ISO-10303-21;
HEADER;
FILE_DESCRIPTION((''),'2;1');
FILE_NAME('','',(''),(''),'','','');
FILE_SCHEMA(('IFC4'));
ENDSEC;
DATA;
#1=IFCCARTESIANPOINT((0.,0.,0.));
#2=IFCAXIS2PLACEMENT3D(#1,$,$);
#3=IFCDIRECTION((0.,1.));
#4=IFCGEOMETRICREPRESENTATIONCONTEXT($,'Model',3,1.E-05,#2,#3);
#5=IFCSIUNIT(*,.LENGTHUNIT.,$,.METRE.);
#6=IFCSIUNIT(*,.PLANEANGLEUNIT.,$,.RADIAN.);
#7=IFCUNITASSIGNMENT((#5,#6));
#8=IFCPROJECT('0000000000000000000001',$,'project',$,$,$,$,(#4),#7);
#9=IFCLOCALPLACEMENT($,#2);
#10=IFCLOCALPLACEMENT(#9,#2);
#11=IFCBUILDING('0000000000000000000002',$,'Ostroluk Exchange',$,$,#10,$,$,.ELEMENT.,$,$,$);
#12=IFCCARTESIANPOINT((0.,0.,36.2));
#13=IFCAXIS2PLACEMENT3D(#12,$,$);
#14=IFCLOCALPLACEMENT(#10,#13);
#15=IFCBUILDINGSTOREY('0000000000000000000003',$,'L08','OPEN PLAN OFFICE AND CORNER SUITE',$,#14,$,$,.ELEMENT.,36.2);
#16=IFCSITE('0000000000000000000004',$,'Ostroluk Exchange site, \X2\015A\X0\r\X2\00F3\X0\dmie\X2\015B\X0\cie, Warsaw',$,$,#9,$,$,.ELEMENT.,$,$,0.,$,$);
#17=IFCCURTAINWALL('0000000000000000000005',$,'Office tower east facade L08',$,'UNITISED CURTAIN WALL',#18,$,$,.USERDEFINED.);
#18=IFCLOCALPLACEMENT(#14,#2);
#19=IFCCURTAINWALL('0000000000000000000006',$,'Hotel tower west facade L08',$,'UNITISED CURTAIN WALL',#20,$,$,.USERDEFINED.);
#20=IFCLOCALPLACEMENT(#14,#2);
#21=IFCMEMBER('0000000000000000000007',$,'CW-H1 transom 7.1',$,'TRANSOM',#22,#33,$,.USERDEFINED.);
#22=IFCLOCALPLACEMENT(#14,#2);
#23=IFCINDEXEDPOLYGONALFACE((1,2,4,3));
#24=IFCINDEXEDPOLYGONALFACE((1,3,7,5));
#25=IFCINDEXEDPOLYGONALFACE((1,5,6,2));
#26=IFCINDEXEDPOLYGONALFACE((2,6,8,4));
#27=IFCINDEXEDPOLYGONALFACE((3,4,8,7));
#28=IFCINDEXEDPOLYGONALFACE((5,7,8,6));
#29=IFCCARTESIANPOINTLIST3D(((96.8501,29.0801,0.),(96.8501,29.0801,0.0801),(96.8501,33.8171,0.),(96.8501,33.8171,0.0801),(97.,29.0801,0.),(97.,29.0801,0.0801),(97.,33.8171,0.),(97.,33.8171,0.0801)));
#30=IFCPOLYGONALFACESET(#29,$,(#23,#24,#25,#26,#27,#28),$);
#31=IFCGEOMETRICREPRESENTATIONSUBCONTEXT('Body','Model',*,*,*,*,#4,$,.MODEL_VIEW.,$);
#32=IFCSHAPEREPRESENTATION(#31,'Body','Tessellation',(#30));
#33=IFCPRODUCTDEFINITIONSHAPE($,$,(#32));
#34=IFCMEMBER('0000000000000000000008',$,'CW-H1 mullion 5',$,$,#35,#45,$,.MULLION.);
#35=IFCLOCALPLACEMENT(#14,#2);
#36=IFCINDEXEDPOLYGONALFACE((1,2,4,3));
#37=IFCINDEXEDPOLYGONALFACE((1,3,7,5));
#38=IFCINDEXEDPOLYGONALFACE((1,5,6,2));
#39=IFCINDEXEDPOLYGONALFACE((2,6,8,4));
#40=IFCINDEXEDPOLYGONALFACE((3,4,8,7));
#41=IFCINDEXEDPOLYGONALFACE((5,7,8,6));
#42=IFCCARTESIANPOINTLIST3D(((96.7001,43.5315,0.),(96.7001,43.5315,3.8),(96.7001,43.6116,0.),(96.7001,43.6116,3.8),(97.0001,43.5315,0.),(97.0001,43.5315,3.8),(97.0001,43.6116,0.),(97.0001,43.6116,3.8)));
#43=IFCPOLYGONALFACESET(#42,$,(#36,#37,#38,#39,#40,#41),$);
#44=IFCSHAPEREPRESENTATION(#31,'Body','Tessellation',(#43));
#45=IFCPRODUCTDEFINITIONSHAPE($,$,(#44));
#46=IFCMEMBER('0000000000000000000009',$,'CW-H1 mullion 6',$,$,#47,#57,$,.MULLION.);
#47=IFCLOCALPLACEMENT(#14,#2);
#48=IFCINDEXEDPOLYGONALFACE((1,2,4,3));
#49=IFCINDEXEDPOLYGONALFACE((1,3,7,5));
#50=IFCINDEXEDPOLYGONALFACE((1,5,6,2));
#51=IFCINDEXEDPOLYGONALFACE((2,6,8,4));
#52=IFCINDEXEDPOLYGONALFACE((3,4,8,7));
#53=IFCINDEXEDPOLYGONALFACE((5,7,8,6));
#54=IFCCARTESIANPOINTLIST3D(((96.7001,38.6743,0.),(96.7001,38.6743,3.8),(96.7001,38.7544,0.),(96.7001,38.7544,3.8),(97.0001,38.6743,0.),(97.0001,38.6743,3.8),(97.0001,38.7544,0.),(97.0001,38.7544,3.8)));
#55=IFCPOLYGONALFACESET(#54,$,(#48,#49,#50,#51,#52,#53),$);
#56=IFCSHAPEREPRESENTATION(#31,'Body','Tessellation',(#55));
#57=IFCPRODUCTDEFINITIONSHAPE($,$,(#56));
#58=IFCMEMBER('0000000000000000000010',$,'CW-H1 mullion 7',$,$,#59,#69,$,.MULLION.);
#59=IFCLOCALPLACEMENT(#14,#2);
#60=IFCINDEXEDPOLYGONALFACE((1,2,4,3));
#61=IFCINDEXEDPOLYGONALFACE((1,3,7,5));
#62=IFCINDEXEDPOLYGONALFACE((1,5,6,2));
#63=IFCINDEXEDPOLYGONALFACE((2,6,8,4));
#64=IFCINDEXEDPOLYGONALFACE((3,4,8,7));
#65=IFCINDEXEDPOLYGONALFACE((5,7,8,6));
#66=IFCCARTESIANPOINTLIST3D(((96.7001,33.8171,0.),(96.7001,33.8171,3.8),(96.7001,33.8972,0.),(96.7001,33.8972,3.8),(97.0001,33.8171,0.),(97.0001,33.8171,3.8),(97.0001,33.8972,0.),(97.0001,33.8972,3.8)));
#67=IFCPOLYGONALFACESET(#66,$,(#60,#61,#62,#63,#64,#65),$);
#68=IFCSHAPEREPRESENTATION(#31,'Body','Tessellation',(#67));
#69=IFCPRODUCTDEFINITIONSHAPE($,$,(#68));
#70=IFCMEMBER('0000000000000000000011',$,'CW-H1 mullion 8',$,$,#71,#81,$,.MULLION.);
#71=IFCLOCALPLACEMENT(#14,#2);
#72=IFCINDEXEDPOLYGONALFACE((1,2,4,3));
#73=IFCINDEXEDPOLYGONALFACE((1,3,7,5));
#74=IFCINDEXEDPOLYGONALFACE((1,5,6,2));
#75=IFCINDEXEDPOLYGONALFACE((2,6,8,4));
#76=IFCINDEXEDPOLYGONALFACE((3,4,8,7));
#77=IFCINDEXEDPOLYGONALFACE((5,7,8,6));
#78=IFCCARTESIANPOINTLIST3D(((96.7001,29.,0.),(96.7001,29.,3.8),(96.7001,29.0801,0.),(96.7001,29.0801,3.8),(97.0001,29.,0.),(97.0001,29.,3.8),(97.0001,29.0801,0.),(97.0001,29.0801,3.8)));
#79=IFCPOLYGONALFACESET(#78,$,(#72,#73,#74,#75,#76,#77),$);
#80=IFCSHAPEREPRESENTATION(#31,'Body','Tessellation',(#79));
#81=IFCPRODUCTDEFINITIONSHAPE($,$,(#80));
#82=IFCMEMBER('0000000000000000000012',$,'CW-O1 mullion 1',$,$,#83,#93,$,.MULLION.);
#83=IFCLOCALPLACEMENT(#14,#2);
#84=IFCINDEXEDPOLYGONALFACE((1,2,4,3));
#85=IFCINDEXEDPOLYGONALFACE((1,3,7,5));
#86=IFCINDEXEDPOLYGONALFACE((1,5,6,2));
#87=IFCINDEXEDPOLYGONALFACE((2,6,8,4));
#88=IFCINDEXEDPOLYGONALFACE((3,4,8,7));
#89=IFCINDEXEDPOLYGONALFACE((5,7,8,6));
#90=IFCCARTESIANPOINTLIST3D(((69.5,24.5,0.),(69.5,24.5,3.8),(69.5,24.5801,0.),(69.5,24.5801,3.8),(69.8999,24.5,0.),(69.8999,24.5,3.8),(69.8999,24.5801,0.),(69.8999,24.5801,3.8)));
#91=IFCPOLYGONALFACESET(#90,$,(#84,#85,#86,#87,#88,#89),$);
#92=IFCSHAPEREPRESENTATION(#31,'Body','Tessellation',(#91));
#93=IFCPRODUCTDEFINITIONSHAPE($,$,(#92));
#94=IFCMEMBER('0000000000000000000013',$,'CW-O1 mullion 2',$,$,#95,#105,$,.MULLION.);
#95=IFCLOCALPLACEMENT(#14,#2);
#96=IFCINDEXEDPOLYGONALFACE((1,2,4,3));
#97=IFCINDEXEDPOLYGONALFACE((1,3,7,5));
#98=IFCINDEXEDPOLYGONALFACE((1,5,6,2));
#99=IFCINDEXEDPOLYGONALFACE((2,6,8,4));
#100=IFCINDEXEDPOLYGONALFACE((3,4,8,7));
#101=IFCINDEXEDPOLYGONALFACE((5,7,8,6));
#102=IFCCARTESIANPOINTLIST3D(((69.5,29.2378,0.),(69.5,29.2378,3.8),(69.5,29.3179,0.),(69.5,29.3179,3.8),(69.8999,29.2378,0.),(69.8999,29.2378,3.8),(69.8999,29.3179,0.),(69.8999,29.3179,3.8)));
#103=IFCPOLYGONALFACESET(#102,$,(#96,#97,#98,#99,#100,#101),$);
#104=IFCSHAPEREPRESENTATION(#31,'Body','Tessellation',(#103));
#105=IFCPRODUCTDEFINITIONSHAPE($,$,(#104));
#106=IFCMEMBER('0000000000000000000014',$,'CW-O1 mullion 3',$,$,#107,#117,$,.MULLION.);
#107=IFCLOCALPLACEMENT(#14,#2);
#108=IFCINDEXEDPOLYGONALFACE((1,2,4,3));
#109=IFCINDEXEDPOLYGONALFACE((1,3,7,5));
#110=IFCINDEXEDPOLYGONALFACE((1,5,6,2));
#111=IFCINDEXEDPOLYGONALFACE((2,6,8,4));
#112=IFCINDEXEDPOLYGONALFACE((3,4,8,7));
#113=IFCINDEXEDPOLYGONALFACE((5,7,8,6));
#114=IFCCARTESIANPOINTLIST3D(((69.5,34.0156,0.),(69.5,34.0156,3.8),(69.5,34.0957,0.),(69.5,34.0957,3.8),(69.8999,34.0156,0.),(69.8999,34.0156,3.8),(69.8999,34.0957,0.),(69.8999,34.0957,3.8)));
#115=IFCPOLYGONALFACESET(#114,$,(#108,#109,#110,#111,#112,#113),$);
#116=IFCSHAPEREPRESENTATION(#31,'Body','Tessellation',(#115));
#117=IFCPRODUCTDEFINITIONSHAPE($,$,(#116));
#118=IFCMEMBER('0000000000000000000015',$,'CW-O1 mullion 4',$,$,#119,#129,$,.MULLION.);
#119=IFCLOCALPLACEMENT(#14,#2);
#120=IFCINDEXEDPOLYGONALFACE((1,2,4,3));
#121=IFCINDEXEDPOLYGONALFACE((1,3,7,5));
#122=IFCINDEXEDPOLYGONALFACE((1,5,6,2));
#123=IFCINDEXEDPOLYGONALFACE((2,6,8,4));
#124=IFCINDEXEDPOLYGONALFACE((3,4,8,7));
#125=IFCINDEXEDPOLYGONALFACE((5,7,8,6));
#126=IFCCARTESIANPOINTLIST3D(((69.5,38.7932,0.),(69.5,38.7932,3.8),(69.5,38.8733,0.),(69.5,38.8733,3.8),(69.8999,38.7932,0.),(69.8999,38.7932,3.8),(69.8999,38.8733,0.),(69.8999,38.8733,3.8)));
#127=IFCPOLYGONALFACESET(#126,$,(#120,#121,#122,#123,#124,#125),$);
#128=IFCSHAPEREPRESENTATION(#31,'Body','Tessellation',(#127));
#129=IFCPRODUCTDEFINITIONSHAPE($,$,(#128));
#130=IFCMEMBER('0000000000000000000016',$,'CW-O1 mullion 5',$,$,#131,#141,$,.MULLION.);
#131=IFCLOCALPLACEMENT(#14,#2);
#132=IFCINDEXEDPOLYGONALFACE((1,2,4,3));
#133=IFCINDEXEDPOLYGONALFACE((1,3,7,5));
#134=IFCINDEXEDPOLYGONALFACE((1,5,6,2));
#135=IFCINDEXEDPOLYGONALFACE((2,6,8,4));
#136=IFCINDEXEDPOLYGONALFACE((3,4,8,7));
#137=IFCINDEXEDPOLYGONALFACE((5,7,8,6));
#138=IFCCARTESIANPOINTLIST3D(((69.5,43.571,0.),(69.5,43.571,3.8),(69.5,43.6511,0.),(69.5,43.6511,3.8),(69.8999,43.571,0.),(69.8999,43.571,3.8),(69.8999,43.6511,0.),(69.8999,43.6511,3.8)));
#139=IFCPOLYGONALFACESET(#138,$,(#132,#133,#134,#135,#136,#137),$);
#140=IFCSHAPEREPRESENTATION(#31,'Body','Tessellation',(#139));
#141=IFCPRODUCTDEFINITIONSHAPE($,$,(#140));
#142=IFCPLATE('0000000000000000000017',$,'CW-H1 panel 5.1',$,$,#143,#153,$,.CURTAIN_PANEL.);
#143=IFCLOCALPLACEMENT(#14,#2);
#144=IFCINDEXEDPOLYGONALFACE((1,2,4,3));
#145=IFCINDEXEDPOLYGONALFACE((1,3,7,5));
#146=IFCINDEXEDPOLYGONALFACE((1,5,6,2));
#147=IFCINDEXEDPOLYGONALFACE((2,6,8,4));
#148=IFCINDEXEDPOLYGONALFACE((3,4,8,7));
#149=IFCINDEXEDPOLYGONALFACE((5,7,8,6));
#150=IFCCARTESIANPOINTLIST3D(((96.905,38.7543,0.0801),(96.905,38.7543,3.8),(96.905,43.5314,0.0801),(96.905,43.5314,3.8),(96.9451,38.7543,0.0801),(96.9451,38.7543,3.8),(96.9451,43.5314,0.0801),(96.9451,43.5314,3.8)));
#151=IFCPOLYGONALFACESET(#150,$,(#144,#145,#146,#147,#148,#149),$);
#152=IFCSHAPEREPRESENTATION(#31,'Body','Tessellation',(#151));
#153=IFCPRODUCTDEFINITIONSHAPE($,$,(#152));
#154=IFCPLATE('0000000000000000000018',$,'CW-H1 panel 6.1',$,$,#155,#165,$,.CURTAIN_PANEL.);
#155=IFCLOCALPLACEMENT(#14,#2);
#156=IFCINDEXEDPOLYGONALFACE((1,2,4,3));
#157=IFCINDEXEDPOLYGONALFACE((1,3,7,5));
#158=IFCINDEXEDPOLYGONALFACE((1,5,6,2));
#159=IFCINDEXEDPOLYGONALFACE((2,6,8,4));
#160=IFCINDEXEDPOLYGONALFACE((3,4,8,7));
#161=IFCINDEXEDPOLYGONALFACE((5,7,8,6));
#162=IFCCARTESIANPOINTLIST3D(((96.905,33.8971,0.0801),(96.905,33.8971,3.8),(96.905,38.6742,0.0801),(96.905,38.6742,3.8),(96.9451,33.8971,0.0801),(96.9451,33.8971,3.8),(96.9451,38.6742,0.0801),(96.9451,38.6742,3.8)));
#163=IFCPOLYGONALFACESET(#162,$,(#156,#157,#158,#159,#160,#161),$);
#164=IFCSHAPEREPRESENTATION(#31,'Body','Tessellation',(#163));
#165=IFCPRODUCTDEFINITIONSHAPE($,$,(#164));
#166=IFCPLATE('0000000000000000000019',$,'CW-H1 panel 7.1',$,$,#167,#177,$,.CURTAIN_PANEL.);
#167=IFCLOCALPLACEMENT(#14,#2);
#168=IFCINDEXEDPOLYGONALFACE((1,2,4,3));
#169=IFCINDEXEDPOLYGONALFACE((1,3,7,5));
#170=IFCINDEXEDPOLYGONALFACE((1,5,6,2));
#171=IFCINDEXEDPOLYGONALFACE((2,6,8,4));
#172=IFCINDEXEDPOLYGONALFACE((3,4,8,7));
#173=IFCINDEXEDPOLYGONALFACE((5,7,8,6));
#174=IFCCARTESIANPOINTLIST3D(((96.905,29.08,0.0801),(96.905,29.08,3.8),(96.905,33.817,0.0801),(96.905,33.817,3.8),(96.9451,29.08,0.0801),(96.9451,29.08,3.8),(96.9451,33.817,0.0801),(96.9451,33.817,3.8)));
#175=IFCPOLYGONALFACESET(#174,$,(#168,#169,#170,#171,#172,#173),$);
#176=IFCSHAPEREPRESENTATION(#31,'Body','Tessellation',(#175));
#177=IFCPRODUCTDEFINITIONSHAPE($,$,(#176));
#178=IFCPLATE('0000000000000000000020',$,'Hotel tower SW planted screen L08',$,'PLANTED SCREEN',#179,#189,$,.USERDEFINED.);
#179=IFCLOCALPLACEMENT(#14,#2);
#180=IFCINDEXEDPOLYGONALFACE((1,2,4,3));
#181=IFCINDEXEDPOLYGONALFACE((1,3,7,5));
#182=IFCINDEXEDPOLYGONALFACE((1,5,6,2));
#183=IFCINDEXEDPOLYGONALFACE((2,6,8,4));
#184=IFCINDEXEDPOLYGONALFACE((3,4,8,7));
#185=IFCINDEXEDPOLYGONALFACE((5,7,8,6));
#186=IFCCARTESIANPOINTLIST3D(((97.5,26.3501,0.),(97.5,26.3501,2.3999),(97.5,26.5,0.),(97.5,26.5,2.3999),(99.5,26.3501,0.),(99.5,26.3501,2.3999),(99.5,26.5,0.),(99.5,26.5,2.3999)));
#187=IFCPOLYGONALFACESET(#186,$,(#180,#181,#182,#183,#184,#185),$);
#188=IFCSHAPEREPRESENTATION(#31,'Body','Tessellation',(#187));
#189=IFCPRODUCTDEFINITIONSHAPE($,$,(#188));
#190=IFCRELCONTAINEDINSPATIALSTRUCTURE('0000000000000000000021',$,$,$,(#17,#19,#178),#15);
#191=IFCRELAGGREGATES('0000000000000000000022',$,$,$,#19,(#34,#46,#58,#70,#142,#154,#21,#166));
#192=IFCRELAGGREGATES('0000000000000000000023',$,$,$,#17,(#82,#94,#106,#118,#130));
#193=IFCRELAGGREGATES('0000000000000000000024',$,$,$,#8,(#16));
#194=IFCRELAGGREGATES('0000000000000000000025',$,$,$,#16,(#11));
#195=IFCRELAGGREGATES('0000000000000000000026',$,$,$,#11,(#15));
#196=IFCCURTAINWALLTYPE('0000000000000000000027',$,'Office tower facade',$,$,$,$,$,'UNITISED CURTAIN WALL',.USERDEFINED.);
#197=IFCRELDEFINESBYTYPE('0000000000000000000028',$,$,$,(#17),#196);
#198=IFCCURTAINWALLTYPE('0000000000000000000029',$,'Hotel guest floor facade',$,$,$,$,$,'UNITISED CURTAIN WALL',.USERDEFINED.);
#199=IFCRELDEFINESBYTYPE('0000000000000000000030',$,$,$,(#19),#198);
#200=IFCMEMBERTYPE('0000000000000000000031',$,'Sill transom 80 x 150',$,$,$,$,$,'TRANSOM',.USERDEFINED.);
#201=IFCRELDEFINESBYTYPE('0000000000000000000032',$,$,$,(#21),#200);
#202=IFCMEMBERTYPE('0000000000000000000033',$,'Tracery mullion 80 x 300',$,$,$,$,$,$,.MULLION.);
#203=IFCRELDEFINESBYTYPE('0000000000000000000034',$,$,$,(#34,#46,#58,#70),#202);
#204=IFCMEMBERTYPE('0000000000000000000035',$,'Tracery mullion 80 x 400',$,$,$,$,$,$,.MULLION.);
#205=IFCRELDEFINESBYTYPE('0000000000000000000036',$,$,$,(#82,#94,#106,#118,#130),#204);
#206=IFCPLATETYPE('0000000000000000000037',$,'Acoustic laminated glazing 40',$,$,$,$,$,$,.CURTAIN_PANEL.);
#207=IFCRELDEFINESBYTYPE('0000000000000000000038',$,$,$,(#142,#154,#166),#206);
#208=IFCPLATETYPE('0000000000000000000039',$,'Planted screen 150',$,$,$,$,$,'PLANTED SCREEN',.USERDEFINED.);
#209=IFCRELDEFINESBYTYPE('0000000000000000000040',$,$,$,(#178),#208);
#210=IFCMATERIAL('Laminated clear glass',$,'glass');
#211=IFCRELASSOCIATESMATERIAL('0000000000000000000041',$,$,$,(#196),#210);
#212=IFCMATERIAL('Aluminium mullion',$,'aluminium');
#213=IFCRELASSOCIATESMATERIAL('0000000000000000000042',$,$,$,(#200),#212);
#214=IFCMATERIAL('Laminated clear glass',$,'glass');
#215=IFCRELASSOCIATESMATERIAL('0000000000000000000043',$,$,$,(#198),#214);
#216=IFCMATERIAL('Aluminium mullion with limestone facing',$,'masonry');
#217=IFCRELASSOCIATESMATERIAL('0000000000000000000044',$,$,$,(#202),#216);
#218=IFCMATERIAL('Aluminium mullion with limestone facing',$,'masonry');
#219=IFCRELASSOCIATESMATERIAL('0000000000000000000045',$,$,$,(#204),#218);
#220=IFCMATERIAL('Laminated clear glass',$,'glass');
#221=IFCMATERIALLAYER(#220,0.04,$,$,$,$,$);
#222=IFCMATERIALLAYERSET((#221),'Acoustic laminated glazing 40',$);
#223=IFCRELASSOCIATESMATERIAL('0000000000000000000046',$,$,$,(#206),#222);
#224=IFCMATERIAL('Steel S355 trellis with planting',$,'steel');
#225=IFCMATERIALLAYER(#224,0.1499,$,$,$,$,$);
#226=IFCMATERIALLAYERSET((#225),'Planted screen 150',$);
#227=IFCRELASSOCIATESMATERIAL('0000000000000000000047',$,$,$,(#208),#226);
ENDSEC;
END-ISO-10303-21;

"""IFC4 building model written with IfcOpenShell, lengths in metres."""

from ifc_helpers import new_model, si_unit, direction, frame, origin, origin_2d, place, context, subcontext, project, spatial, rectangle, extrude, material, layer, layer_set, material_profile, profile_set, type_object, element, aggregate, save


model = new_model("IFC4")

# Units and contexts
model_context = context("Model", 3, precision=1e-05, world=origin(), true_north=direction((0.0, 1.0)))
body_context = subcontext(model_context, "Body", "Model", "MODEL_VIEW")
ifc_project = project(units=[si_unit("LENGTHUNIT", "METRE"), si_unit("PLANEANGLEUNIT", "RADIAN")], contexts=[model_context])

# Site, building, storey
site_placement = place(None, origin())
site = spatial("IfcSite", under=ifc_project, at=site_placement, Name="Ostroluk Exchange site, Śródmieście, Warsaw", CompositionType="ELEMENT", RefElevation=0.0)
building_placement = place(site_placement, origin())
building = spatial("IfcBuilding", under=site, at=building_placement, Name="Ostroluk Exchange", CompositionType="ELEMENT")
storey_placement = place(building_placement, frame((0.0, 0.0, 36.2)))
storey = spatial("IfcBuildingStorey", under=building, at=storey_placement, Name="L08", Description="OPEN PLAN OFFICE AND CORNER SUITE", CompositionType="ELEMENT", Elevation=36.2)

# Curtain walls, members
ifc_material_1 = material(Name="Laminated clear glass", Category="glass")
curtain_wall_type_1 = type_object("IfcCurtainWallType", Name="Office tower facade", ElementType="UNITISED CURTAIN WALL", PredefinedType="USERDEFINED", material=ifc_material_1)
curtain_wall_1_placement = place(storey_placement, origin())
curtain_wall_1 = element("IfcCurtainWall", 1, at=curtain_wall_1_placement, inside=storey, type_object=curtain_wall_type_1, Name="Office tower east facade L08", ObjectType="UNITISED CURTAIN WALL", PredefinedType="USERDEFINED")
ifc_material_2 = material(Name="Aluminium mullion", Category="aluminium")
ifc_material_profile_1 = material_profile(ifc_material_2, rectangle(XDim=0.1499, YDim=0.0801, at=origin_2d()), Name="Sill transom 80 x 150")
ifc_profile_set_1 = profile_set([ifc_material_profile_1], Name="Aluminium mullion")
member_type_1 = type_object("IfcMemberType", Name="Sill transom 80 x 150", ElementType="TRANSOM", PredefinedType="USERDEFINED", material=ifc_profile_set_1)
ifc_material_3 = material(Name="Laminated clear glass", Category="glass")
curtain_wall_type_2 = type_object("IfcCurtainWallType", Name="Hotel guest floor facade", ElementType="UNITISED CURTAIN WALL", PredefinedType="USERDEFINED", material=ifc_material_3)
curtain_wall_2_placement = place(storey_placement, origin())
curtain_wall_2 = element("IfcCurtainWall", 2, at=curtain_wall_2_placement, inside=storey, type_object=curtain_wall_type_2, Name="Hotel tower west facade L08", ObjectType="UNITISED CURTAIN WALL", PredefinedType="USERDEFINED")
member_1_placement = place(storey_placement, frame((96.925, 33.8171, 0.04), z_axis=(0.0, -1.0, 0.0), x_axis=(1.0, 0.0, 0.0)))
member_1 = element("IfcMember", 3, at=member_1_placement, type_object=member_type_1, Name="CW-H1 transom 7.1", ObjectType="TRANSOM", PredefinedType="USERDEFINED", context=body_context, shape_type="SweptSolid", body=[
    extrude(rectangle(XDim=0.1499, YDim=0.0801, at=origin_2d()), origin(), (0.0, 0.0, 1.0), 4.7371),
])
ifc_material_4 = material(Name="Aluminium mullion with limestone facing", Category="masonry")
ifc_material_profile_2 = material_profile(ifc_material_4, rectangle(XDim=0.3, YDim=0.0801, at=origin_2d()), Name="Tracery mullion 80 x 300")
ifc_profile_set_2 = profile_set([ifc_material_profile_2], Name="Aluminium mullion with limestone facing")
member_type_2 = type_object("IfcMemberType", Name="Tracery mullion 80 x 300", PredefinedType="MULLION", material=ifc_profile_set_2)
member_2_placement = place(storey_placement, frame((96.8501, 43.5715, 0.0), z_axis=(0.0, 0.0, 1.0), x_axis=(1.0, 0.0, 0.0)))
member_2 = element("IfcMember", 4, at=member_2_placement, type_object=member_type_2, Name="CW-H1 mullion 5", PredefinedType="MULLION", context=body_context, shape_type="SweptSolid", body=[
    extrude(rectangle(XDim=0.3, YDim=0.0801, at=origin_2d()), origin(), (0.0, 0.0, 1.0), 3.8),
])
member_3_placement = place(storey_placement, frame((96.8501, 38.7144, 0.0), z_axis=(0.0, 0.0, 1.0), x_axis=(1.0, 0.0, 0.0)))
member_3 = element("IfcMember", 5, at=member_3_placement, type_object=member_type_2, Name="CW-H1 mullion 6", PredefinedType="MULLION", context=body_context, shape_type="SweptSolid", body=[
    extrude(rectangle(XDim=0.3, YDim=0.0801, at=origin_2d()), origin(), (0.0, 0.0, 1.0), 3.8),
])
member_4_placement = place(storey_placement, frame((96.8501, 33.8572, 0.0), z_axis=(0.0, 0.0, 1.0), x_axis=(1.0, 0.0, 0.0)))
member_4 = element("IfcMember", 6, at=member_4_placement, type_object=member_type_2, Name="CW-H1 mullion 7", PredefinedType="MULLION", context=body_context, shape_type="SweptSolid", body=[
    extrude(rectangle(XDim=0.3, YDim=0.0801, at=origin_2d()), origin(), (0.0, 0.0, 1.0), 3.8),
])
member_5_placement = place(storey_placement, frame((96.8501, 29.04, 0.0), z_axis=(0.0, 0.0, 1.0), x_axis=(1.0, 0.0, 0.0)))
member_5 = element("IfcMember", 7, at=member_5_placement, type_object=member_type_2, Name="CW-H1 mullion 8", PredefinedType="MULLION", context=body_context, shape_type="SweptSolid", body=[
    extrude(rectangle(XDim=0.3, YDim=0.0801, at=origin_2d()), origin(), (0.0, 0.0, 1.0), 3.8),
])

# Members
ifc_material_5 = material(Name="Aluminium mullion with limestone facing", Category="masonry")
ifc_material_profile_3 = material_profile(ifc_material_5, rectangle(XDim=0.3999, YDim=0.0801, at=origin_2d()), Name="Tracery mullion 80 x 400")
ifc_profile_set_3 = profile_set([ifc_material_profile_3], Name="Aluminium mullion with limestone facing")
member_type_3 = type_object("IfcMemberType", Name="Tracery mullion 80 x 400", PredefinedType="MULLION", material=ifc_profile_set_3)
member_6_placement = place(storey_placement, frame((69.7, 24.54, 0.0), z_axis=(0.0, 0.0, 1.0), x_axis=(-1.0, 0.0, 0.0)))
member_6 = element("IfcMember", 8, at=member_6_placement, type_object=member_type_3, Name="CW-O1 mullion 1", PredefinedType="MULLION", context=body_context, shape_type="SweptSolid", body=[
    extrude(rectangle(XDim=0.3999, YDim=0.0801, at=origin_2d()), origin(), (0.0, 0.0, 1.0), 3.8),
])
member_7_placement = place(storey_placement, frame((69.7, 29.2778, 0.0), z_axis=(0.0, 0.0, 1.0), x_axis=(-1.0, 0.0, 0.0)))
member_7 = element("IfcMember", 9, at=member_7_placement, type_object=member_type_3, Name="CW-O1 mullion 2", PredefinedType="MULLION", context=body_context, shape_type="SweptSolid", body=[
    extrude(rectangle(XDim=0.3999, YDim=0.0801, at=origin_2d()), origin(), (0.0, 0.0, 1.0), 3.8),
])
member_8_placement = place(storey_placement, frame((69.7, 34.0557, 0.0), z_axis=(0.0, 0.0, 1.0), x_axis=(-1.0, 0.0, 0.0)))
member_8 = element("IfcMember", 10, at=member_8_placement, type_object=member_type_3, Name="CW-O1 mullion 3", PredefinedType="MULLION", context=body_context, shape_type="SweptSolid", body=[
    extrude(rectangle(XDim=0.3999, YDim=0.0801, at=origin_2d()), origin(), (0.0, 0.0, 1.0), 3.8),
])
member_9_placement = place(storey_placement, frame((69.7, 38.8333, 0.0), z_axis=(0.0, 0.0, 1.0), x_axis=(-1.0, 0.0, 0.0)))
member_9 = element("IfcMember", 11, at=member_9_placement, type_object=member_type_3, Name="CW-O1 mullion 4", PredefinedType="MULLION", context=body_context, shape_type="SweptSolid", body=[
    extrude(rectangle(XDim=0.3999, YDim=0.0801, at=origin_2d()), origin(), (0.0, 0.0, 1.0), 3.8),
])
member_10_placement = place(storey_placement, frame((69.7, 43.6111, 0.0), z_axis=(0.0, 0.0, 1.0), x_axis=(-1.0, 0.0, 0.0)))
member_10 = element("IfcMember", 12, at=member_10_placement, type_object=member_type_3, Name="CW-O1 mullion 5", PredefinedType="MULLION", context=body_context, shape_type="SweptSolid", body=[
    extrude(rectangle(XDim=0.3999, YDim=0.0801, at=origin_2d()), origin(), (0.0, 0.0, 1.0), 3.8),
])

# Plates
ifc_material_6 = material(Name="Laminated clear glass", Category="glass")
ifc_layer_1 = layer(ifc_material_6, 0.04)
ifc_layer_set_1 = layer_set([ifc_layer_1], Name="Acoustic laminated glazing 40")
plate_type_1 = type_object("IfcPlateType", Name="Acoustic laminated glazing 40", PredefinedType="CURTAIN_PANEL", material=ifc_layer_set_1)
plate_1_placement = place(storey_placement, frame((96.925, 41.1428, 0.0801), z_axis=(0.0, 0.0, 1.0), x_axis=(0.0, -1.0, 0.0)))
plate_1 = element("IfcPlate", 13, at=plate_1_placement, type_object=plate_type_1, Name="CW-H1 panel 5.1", PredefinedType="CURTAIN_PANEL", context=body_context, shape_type="SweptSolid", body=[
    extrude(rectangle(XDim=4.7771, YDim=0.04, at=origin_2d()), origin(), (0.0, 0.0, 1.0), 3.72),
])
plate_2_placement = place(storey_placement, frame((96.925, 36.2856, 0.0801), z_axis=(0.0, 0.0, 1.0), x_axis=(0.0, -1.0, 0.0)))
plate_2 = element("IfcPlate", 14, at=plate_2_placement, type_object=plate_type_1, Name="CW-H1 panel 6.1", PredefinedType="CURTAIN_PANEL", context=body_context, shape_type="SweptSolid", body=[
    extrude(rectangle(XDim=4.7771, YDim=0.04, at=origin_2d()), origin(), (0.0, 0.0, 1.0), 3.72),
])
plate_3_placement = place(storey_placement, frame((96.925, 31.4485, 0.0801), z_axis=(0.0, 0.0, 1.0), x_axis=(0.0, -1.0, 0.0)))
plate_3 = element("IfcPlate", 15, at=plate_3_placement, type_object=plate_type_1, Name="CW-H1 panel 7.1", PredefinedType="CURTAIN_PANEL", context=body_context, shape_type="SweptSolid", body=[
    extrude(rectangle(XDim=4.7371, YDim=0.04, at=origin_2d()), origin(), (0.0, 0.0, 1.0), 3.72),
])
aggregate(curtain_wall_2, [member_2, member_3, member_4, member_5, plate_1, plate_2, member_1, plate_3])
ifc_material_7 = material(Name="Steel S355 trellis with planting", Category="steel")
ifc_layer_2 = layer(ifc_material_7, 0.1499)
ifc_layer_set_2 = layer_set([ifc_layer_2], Name="Planted screen 150")
plate_type_2 = type_object("IfcPlateType", Name="Planted screen 150", ElementType="PLANTED SCREEN", PredefinedType="USERDEFINED", material=ifc_layer_set_2)
plate_4_placement = place(storey_placement, frame((98.5, 26.425, 0.0), z_axis=(0.0, 0.0, 1.0), x_axis=(1.0, 0.0, 0.0)))
element("IfcPlate", 16, at=plate_4_placement, inside=storey, type_object=plate_type_2, Name="Hotel tower SW planted screen L08", ObjectType="PLANTED SCREEN", PredefinedType="USERDEFINED", context=body_context, shape_type="SweptSolid", body=[
    extrude(rectangle(XDim=2.0, YDim=0.1499, at=origin_2d()), origin(), (0.0, 0.0, 1.0), 2.3999),
])
aggregate(curtain_wall_1, [member_6, member_7, member_8, member_9, member_10])

save(model, "model.ifc")
